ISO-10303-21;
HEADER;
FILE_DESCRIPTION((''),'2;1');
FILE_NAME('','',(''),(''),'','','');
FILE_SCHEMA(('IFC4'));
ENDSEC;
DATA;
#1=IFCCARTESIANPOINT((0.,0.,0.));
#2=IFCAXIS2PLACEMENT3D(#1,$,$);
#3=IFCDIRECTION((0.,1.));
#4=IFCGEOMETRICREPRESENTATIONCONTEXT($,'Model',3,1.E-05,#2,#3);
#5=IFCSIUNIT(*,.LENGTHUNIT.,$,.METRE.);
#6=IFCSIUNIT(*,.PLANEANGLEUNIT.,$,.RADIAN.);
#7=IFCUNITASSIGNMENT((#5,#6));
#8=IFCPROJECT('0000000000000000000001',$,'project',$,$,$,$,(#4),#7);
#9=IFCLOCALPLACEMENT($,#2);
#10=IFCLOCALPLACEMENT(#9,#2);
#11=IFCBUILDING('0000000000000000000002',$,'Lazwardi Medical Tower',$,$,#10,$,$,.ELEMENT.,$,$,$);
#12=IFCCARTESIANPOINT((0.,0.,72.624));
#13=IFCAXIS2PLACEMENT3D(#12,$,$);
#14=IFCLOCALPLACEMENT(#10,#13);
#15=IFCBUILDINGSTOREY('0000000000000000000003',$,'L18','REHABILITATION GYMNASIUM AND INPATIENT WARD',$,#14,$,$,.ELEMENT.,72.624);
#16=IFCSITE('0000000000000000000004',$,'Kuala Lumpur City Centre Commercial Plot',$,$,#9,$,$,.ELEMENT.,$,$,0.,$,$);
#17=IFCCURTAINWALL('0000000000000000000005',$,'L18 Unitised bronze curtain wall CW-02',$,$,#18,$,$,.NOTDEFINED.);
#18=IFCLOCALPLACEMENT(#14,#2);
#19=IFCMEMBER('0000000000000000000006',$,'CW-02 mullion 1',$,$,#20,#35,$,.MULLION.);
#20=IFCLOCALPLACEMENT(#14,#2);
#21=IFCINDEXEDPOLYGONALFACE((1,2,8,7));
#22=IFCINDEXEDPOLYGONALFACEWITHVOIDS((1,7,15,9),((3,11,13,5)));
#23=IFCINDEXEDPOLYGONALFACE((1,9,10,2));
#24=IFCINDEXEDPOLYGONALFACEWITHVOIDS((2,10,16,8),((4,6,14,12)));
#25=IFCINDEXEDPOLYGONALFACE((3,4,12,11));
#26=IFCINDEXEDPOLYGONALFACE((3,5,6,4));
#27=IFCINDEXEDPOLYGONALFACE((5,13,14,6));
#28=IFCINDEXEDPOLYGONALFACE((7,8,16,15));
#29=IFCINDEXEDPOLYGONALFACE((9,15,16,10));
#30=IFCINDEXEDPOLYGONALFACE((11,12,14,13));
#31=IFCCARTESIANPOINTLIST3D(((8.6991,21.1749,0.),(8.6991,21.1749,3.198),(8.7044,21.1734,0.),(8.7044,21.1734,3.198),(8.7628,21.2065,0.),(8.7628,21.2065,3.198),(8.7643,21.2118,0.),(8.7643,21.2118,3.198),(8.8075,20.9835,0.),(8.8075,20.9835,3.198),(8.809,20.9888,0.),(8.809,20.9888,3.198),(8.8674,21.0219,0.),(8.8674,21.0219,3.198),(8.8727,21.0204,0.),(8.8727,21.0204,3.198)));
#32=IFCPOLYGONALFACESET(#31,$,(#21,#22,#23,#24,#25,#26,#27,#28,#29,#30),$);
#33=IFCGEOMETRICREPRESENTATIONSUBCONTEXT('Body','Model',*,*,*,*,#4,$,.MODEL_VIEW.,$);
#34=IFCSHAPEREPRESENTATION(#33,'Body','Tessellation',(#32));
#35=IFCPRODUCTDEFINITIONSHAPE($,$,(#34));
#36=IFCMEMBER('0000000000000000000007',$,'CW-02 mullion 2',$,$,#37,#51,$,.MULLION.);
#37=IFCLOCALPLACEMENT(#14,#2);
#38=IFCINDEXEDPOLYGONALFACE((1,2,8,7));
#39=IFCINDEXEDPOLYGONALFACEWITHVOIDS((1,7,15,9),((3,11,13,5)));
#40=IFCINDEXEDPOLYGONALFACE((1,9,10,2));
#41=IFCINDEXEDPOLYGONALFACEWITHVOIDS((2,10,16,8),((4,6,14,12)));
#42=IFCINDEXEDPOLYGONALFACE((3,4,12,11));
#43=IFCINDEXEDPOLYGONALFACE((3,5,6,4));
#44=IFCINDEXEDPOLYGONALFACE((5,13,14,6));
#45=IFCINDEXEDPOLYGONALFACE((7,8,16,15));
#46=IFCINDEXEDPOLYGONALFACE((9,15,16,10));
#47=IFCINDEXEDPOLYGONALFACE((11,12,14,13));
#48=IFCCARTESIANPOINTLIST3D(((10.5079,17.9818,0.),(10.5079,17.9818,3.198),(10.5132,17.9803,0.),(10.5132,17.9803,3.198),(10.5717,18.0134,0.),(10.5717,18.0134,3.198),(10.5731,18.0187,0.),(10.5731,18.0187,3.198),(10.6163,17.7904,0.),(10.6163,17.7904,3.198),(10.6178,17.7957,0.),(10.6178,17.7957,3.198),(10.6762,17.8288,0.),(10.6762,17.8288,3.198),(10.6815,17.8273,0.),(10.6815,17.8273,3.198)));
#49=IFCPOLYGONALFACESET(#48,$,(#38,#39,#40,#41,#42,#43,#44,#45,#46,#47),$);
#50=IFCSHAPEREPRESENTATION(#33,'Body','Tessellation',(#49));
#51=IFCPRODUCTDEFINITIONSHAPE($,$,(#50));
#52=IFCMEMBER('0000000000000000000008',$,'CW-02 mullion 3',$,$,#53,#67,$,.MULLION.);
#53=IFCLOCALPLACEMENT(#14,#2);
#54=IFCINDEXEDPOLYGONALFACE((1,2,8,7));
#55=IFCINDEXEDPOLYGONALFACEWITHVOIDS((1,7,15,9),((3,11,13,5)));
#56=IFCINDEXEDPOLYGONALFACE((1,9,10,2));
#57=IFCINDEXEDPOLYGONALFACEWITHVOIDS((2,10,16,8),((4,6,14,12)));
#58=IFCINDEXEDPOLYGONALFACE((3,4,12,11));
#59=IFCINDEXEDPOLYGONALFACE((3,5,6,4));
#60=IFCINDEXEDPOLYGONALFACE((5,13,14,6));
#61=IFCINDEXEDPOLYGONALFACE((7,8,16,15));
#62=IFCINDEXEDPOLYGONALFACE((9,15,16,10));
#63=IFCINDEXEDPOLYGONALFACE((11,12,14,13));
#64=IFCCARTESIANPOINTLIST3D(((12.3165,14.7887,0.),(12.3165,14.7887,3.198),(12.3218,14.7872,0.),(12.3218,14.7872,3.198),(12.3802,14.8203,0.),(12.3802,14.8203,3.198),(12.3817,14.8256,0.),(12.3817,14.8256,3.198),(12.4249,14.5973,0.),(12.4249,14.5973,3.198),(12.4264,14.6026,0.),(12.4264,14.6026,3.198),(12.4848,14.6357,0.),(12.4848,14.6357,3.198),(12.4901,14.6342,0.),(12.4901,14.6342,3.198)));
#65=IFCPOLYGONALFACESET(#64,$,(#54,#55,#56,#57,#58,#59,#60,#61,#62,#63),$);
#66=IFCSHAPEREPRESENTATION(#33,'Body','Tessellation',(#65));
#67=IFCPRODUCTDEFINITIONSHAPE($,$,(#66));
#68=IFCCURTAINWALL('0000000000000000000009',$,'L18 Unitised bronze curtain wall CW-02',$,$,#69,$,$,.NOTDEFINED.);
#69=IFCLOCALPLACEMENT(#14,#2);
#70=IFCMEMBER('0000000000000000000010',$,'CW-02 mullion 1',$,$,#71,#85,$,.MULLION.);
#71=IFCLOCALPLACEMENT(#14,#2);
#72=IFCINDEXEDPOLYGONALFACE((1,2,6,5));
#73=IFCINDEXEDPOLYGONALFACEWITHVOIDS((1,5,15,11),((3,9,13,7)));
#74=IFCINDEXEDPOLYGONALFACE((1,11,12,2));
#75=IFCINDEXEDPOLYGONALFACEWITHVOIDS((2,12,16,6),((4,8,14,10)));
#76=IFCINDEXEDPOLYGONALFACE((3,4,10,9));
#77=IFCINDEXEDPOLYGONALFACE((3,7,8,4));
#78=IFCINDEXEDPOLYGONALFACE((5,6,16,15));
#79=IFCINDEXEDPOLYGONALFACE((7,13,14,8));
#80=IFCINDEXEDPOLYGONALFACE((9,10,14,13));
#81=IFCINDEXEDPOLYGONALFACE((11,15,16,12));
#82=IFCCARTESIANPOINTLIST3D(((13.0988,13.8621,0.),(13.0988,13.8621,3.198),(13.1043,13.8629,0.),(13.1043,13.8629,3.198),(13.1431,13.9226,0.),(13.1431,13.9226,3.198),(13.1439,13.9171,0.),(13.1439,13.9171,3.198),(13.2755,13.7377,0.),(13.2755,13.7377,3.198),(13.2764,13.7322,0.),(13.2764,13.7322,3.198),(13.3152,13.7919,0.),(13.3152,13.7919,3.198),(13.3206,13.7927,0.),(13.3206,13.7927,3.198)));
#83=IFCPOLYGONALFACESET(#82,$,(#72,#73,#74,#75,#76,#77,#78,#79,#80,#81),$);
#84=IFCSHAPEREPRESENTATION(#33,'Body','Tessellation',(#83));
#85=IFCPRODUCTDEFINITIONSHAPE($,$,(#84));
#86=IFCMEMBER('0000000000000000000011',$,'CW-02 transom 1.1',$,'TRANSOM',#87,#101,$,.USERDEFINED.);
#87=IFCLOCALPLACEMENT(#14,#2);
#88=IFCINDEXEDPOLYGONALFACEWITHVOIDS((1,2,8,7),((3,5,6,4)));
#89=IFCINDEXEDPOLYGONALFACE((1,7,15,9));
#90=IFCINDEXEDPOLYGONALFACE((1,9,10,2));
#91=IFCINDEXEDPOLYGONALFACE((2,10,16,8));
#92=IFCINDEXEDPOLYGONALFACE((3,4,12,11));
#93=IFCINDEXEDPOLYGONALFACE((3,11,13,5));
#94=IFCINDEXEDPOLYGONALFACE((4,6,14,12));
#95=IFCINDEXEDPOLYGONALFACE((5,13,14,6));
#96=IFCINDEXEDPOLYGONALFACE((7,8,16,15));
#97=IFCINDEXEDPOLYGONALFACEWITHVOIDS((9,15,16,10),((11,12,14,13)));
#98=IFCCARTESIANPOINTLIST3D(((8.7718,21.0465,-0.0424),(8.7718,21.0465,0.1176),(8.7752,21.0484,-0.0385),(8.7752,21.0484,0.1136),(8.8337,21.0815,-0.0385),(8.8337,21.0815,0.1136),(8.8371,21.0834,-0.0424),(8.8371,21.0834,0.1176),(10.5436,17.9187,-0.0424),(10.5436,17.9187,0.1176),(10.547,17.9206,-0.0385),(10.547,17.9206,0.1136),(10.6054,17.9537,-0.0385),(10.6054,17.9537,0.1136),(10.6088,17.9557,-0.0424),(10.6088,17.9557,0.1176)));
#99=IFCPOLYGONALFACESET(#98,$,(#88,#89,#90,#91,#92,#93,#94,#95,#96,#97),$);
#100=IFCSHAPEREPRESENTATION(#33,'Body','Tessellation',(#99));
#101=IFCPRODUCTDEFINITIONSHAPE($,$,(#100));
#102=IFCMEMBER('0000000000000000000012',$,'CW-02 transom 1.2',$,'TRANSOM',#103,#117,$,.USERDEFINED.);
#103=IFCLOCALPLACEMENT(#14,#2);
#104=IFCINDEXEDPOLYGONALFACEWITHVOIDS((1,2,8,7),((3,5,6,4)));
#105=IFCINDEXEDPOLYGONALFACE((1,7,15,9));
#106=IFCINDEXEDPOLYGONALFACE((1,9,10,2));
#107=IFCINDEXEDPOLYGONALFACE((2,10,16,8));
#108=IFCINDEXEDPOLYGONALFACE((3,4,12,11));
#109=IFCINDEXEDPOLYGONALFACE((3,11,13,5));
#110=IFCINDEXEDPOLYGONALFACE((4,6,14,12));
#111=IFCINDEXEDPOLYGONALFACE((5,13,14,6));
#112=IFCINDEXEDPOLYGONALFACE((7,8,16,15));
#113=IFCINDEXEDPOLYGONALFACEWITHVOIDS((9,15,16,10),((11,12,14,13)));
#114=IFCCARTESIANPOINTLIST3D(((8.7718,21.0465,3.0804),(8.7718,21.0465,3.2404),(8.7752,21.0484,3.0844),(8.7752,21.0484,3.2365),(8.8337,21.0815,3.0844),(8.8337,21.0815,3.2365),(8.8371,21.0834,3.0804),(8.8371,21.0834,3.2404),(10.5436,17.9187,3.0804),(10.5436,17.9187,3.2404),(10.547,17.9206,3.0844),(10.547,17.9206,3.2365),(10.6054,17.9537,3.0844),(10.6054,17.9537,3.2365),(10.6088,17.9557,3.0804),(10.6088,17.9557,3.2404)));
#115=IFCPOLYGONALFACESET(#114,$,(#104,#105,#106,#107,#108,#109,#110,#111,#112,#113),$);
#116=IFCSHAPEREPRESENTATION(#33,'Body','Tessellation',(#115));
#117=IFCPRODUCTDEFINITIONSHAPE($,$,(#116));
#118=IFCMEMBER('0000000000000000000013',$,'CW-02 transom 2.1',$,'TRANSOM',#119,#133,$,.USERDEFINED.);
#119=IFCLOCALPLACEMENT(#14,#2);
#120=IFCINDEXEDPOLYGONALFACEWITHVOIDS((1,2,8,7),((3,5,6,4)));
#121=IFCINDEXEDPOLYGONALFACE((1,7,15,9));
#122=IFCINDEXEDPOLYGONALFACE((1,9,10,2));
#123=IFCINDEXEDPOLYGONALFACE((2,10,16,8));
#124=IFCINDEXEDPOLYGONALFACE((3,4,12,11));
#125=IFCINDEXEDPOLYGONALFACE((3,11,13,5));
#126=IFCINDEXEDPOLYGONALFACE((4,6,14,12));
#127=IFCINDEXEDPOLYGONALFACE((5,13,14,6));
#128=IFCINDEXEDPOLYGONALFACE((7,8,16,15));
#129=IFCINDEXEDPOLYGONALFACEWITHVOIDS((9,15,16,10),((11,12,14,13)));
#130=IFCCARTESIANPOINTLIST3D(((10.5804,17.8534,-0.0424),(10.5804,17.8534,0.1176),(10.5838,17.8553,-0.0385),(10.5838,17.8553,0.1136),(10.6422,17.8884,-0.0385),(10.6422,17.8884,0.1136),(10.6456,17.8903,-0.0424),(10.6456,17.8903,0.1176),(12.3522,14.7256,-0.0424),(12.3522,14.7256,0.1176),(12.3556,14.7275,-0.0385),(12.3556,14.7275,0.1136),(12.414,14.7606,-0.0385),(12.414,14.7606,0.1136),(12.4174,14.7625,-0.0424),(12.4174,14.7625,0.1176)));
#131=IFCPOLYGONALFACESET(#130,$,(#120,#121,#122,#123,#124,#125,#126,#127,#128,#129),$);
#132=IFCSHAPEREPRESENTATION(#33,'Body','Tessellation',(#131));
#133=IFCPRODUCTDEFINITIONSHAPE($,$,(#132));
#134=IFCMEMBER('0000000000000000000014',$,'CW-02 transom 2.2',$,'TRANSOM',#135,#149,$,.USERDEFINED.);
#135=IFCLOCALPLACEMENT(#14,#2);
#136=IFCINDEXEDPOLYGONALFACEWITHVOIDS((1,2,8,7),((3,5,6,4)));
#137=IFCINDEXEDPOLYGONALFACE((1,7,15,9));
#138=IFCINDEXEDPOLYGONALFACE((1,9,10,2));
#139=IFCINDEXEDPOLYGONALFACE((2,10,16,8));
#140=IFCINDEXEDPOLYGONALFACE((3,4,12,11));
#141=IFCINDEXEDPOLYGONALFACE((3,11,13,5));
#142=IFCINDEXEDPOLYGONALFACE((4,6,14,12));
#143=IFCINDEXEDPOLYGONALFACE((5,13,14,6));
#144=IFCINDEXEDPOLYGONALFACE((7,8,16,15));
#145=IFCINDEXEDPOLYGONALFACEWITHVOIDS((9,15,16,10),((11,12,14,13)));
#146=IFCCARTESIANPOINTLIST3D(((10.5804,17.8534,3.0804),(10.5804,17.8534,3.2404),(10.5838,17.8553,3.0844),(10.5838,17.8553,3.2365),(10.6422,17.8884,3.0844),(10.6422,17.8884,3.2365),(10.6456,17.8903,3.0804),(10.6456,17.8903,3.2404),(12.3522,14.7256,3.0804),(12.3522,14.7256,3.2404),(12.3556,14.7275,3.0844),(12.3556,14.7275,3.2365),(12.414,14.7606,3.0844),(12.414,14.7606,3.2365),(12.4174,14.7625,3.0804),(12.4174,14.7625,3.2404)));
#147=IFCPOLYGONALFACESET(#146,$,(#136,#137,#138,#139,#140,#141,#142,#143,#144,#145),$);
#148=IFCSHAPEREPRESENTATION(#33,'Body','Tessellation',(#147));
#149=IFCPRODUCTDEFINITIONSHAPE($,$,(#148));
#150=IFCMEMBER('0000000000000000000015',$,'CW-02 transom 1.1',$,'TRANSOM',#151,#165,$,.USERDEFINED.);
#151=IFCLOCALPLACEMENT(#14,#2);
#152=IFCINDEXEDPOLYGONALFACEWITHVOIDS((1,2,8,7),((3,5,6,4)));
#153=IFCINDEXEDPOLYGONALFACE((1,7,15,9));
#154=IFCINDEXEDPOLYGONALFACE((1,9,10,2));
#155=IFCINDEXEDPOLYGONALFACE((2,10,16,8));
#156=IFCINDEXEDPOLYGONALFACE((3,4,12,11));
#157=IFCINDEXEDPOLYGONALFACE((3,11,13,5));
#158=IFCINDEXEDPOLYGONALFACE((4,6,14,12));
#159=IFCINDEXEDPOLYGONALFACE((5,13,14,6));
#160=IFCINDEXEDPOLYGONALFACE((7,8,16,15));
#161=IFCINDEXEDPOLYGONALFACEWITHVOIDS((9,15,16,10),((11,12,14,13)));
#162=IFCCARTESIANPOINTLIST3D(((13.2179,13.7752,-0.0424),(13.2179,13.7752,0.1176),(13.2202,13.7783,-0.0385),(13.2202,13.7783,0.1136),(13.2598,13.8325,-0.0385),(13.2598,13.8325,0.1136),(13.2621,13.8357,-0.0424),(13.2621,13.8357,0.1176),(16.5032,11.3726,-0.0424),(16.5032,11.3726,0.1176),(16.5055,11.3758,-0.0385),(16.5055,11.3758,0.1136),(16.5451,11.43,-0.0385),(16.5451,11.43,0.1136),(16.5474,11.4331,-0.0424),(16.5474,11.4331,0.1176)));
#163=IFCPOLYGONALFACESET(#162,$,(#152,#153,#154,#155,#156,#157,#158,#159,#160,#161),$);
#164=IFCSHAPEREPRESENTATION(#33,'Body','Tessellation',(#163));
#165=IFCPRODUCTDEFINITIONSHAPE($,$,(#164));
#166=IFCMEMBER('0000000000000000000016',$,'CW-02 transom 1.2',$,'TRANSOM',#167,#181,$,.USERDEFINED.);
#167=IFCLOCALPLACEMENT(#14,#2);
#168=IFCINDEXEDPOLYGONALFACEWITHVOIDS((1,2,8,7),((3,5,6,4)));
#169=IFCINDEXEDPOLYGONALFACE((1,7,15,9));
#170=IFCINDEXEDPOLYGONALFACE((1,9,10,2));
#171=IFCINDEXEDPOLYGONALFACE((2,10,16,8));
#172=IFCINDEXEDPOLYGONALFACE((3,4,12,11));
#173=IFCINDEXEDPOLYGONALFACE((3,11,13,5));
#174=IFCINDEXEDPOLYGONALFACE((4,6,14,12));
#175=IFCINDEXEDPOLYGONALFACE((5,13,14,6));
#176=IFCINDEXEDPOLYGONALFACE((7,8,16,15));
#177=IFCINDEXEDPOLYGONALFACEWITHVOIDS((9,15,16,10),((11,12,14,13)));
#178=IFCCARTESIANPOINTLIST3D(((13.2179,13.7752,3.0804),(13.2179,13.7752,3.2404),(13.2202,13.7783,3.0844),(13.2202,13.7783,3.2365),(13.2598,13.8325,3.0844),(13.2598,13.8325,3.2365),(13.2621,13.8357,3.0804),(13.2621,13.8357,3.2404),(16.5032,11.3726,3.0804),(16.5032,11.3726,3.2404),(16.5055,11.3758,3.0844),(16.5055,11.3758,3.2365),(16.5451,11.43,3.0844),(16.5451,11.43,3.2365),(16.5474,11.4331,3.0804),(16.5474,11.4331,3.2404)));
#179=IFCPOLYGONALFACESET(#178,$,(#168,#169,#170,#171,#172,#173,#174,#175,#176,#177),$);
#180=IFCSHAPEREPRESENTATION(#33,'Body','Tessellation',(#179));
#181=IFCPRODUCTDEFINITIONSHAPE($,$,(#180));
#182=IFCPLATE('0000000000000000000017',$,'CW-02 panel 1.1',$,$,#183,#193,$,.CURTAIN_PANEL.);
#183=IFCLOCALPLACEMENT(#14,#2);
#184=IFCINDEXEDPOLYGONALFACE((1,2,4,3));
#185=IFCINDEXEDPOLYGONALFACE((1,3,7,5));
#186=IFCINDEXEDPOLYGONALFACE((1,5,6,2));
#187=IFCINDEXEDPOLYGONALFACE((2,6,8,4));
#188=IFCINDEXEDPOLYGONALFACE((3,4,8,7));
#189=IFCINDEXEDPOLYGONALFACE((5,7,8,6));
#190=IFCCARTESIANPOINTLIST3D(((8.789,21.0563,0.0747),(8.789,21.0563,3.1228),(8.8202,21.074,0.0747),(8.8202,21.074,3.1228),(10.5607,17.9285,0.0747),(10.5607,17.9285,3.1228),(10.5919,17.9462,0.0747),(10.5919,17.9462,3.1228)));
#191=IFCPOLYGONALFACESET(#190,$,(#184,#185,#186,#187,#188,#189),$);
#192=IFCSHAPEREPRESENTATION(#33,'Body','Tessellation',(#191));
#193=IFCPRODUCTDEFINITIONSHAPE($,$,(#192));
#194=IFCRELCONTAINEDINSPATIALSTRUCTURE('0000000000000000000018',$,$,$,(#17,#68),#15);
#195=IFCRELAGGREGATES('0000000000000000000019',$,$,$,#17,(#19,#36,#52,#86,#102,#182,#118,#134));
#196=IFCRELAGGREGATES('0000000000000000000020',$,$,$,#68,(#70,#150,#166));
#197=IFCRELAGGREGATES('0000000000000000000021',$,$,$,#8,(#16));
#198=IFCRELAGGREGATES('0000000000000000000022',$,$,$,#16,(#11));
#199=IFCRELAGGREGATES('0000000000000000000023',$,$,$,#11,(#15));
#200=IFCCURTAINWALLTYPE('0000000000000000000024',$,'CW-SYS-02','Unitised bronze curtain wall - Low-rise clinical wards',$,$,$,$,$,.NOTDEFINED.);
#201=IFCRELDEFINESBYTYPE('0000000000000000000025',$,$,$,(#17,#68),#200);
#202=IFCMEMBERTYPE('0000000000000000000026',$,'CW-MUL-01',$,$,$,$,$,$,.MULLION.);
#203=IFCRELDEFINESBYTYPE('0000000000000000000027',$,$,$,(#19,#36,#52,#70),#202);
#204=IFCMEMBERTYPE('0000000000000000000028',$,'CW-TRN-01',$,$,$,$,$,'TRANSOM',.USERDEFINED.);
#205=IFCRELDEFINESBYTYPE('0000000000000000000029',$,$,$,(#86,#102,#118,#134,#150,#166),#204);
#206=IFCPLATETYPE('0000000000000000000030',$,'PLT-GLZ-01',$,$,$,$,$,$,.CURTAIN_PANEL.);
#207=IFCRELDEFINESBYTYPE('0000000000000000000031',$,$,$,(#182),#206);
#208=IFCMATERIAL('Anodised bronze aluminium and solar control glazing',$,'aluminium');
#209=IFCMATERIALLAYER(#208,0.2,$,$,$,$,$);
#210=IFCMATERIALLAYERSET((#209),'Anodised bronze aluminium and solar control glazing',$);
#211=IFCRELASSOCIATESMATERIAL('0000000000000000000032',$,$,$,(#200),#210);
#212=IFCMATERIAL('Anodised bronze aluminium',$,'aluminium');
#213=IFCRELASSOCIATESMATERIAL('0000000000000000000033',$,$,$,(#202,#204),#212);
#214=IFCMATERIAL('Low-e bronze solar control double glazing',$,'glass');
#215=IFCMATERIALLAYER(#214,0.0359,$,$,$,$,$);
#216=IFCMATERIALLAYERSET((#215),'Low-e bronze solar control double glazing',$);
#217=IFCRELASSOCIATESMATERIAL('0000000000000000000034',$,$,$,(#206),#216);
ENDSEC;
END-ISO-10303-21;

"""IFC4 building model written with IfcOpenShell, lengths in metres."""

from ifc_helpers import new_model, si_unit, direction, frame, origin, origin_2d, place, context, subcontext, project, spatial, rectangle, hollow_rectangle, extrude, material, layer, layer_set, material_profile, profile_set, type_object, element, aggregate, save


model = new_model("IFC4")

# Units and contexts
model_context = context("Model", 3, precision=1e-05, world=origin(), true_north=direction((0.0, 1.0)))
body_context = subcontext(model_context, "Body", "Model", "MODEL_VIEW")
ifc_project = project(units=[si_unit("LENGTHUNIT", "METRE"), si_unit("PLANEANGLEUNIT", "RADIAN")], contexts=[model_context])

# Site, building, storey
site_placement = place(None, origin())
site = spatial("IfcSite", under=ifc_project, at=site_placement, Name="Kuala Lumpur City Centre Commercial Plot", CompositionType="ELEMENT", RefElevation=0.0)
building_placement = place(site_placement, origin())
building = spatial("IfcBuilding", under=site, at=building_placement, Name="Lazwardi Medical Tower", CompositionType="ELEMENT")
storey_placement = place(building_placement, frame((0.0, 0.0, 72.624)))
storey = spatial("IfcBuildingStorey", under=building, at=storey_placement, Name="L18", Description="REHABILITATION GYMNASIUM AND INPATIENT WARD", CompositionType="ELEMENT", Elevation=72.624)

# Curtain wall, members
ifc_material_1 = material(Name="Anodised bronze aluminium and solar control glazing", Category="aluminium")
ifc_layer_1 = layer(ifc_material_1, 0.2)
ifc_layer_set_1 = layer_set([ifc_layer_1], Name="Anodised bronze aluminium and solar control glazing")
curtain_wall_type = type_object("IfcCurtainWallType", Name="CW-SYS-02", Description="Unitised bronze curtain wall - Low-rise clinical wards", PredefinedType="NOTDEFINED", material=ifc_layer_set_1)
curtain_wall_1_placement = place(storey_placement, origin())
curtain_wall_1 = element("IfcCurtainWall", 1, at=curtain_wall_1_placement, inside=storey, type_object=curtain_wall_type, Name="L18 Unitised bronze curtain wall CW-02", PredefinedType="NOTDEFINED")
ifc_material_2 = material(Name="Anodised bronze aluminium", Category="aluminium")
ifc_material_profile_1 = material_profile(ifc_material_2, hollow_rectangle(XDim=0.075, YDim=0.22, WallThickness=0.0039, at=origin_2d()), Name="ALU-MULLION 220x75x4")
ifc_profile_set_1 = profile_set([ifc_material_profile_1], Name="Anodised bronze aluminium")
member_type_1 = type_object("IfcMemberType", Name="CW-MUL-01", PredefinedType="MULLION", material=ifc_profile_set_1)
member_1_placement = place(storey_placement, frame((8.7859, 21.0977, 0.0), z_axis=(0.0, 0.0, 1.0), x_axis=(0.870112, 0.492854, 0.0)))
member_1 = element("IfcMember", 2, at=member_1_placement, type_object=member_type_1, Name="CW-02 mullion 1", PredefinedType="MULLION", context=body_context, shape_type="SweptSolid", body=[
    extrude(hollow_rectangle(XDim=0.075, YDim=0.22, WallThickness=0.0039, at=origin_2d()), origin(), (0.0, 0.0, 1.0), 3.198),
])
member_2_placement = place(storey_placement, frame((10.5947, 17.9045, 0.0), z_axis=(0.0, 0.0, 1.0), x_axis=(0.870112, 0.492854, 0.0)))
member_2 = element("IfcMember", 3, at=member_2_placement, type_object=member_type_1, Name="CW-02 mullion 2", PredefinedType="MULLION", context=body_context, shape_type="SweptSolid", body=[
    extrude(hollow_rectangle(XDim=0.075, YDim=0.22, WallThickness=0.0039, at=origin_2d()), origin(), (0.0, 0.0, 1.0), 3.198),
])
member_3_placement = place(storey_placement, frame((12.4033, 14.7114, 0.0), z_axis=(0.0, 0.0, 1.0), x_axis=(0.870112, 0.492854, 0.0)))
member_3 = element("IfcMember", 4, at=member_3_placement, type_object=member_type_1, Name="CW-02 mullion 3", PredefinedType="MULLION", context=body_context, shape_type="SweptSolid", body=[
    extrude(hollow_rectangle(XDim=0.075, YDim=0.22, WallThickness=0.0039, at=origin_2d()), origin(), (0.0, 0.0, 1.0), 3.198),
])

# Curtain wall, member
curtain_wall_2_placement = place(storey_placement, origin())
curtain_wall_2 = element("IfcCurtainWall", 5, at=curtain_wall_2_placement, inside=storey, type_object=curtain_wall_type, Name="L18 Unitised bronze curtain wall CW-02", PredefinedType="NOTDEFINED")
member_4_placement = place(storey_placement, frame((13.2097, 13.8274, 0.0), z_axis=(0.0, 0.0, 1.0), x_axis=(0.590289, 0.807192, 0.0)))
member_4 = element("IfcMember", 6, at=member_4_placement, type_object=member_type_1, Name="CW-02 mullion 1", PredefinedType="MULLION", context=body_context, shape_type="SweptSolid", body=[
    extrude(hollow_rectangle(XDim=0.075, YDim=0.22, WallThickness=0.0039, at=origin_2d()), origin(), (0.0, 0.0, 1.0), 3.198),
])

# Members
ifc_material_profile_2 = material_profile(ifc_material_2, hollow_rectangle(XDim=0.075, YDim=0.1599, WallThickness=0.0039, at=origin_2d()), Name="ALU-TRANSOM 160x75x4")
ifc_profile_set_2 = profile_set([ifc_material_profile_2], Name="Anodised bronze aluminium")
member_type_2 = type_object("IfcMemberType", Name="CW-TRN-01", ElementType="TRANSOM", PredefinedType="USERDEFINED", material=ifc_profile_set_2)
member_5_placement = place(storey_placement, frame((8.8044, 21.0649, 0.0376), z_axis=(0.492881, -0.870097, 0.0), x_axis=(0.870097, 0.492881, 0.0)))
member_5 = element("IfcMember", 7, at=member_5_placement, type_object=member_type_2, Name="CW-02 transom 1.1", ObjectType="TRANSOM", PredefinedType="USERDEFINED", context=body_context, shape_type="SweptSolid", body=[
    extrude(hollow_rectangle(XDim=0.075, YDim=0.1599, WallThickness=0.0039, at=origin_2d()), origin(), (0.0, 0.0, 1.0), 3.5947),
])
member_6_placement = place(storey_placement, frame((8.8044, 21.0649, 3.1604), z_axis=(0.492881, -0.870097, 0.0), x_axis=(0.870097, 0.492881, 0.0)))
member_6 = element("IfcMember", 8, at=member_6_placement, type_object=member_type_2, Name="CW-02 transom 1.2", ObjectType="TRANSOM", PredefinedType="USERDEFINED", context=body_context, shape_type="SweptSolid", body=[
    extrude(hollow_rectangle(XDim=0.075, YDim=0.1599, WallThickness=0.0039, at=origin_2d()), origin(), (0.0, 0.0, 1.0), 3.5947),
])
member_7_placement = place(storey_placement, frame((10.613, 17.8718, 0.0376), z_axis=(0.492881, -0.870097, 0.0), x_axis=(0.870097, 0.492881, 0.0)))
member_7 = element("IfcMember", 9, at=member_7_placement, type_object=member_type_2, Name="CW-02 transom 2.1", ObjectType="TRANSOM", PredefinedType="USERDEFINED", context=body_context, shape_type="SweptSolid", body=[
    extrude(hollow_rectangle(XDim=0.075, YDim=0.1599, WallThickness=0.0039, at=origin_2d()), origin(), (0.0, 0.0, 1.0), 3.5947),
])
member_8_placement = place(storey_placement, frame((10.613, 17.8718, 3.1604), z_axis=(0.492881, -0.870097, 0.0), x_axis=(0.870097, 0.492881, 0.0)))
member_8 = element("IfcMember", 10, at=member_8_placement, type_object=member_type_2, Name="CW-02 transom 2.2", ObjectType="TRANSOM", PredefinedType="USERDEFINED", context=body_context, shape_type="SweptSolid", body=[
    extrude(hollow_rectangle(XDim=0.075, YDim=0.1599, WallThickness=0.0039, at=origin_2d()), origin(), (0.0, 0.0, 1.0), 3.5947),
])
member_9_placement = place(storey_placement, frame((13.24, 13.8054, 0.0376), z_axis=(0.80719, -0.590292, 0.0), x_axis=(0.590292, 0.80719, 0.0)))
member_9 = element("IfcMember", 11, at=member_9_placement, type_object=member_type_2, Name="CW-02 transom 1.1", ObjectType="TRANSOM", PredefinedType="USERDEFINED", context=body_context, shape_type="SweptSolid", body=[
    extrude(hollow_rectangle(XDim=0.075, YDim=0.1599, WallThickness=0.0039, at=origin_2d()), origin(), (0.0, 0.0, 1.0), 4.0701),
])
member_10_placement = place(storey_placement, frame((13.24, 13.8054, 3.1604), z_axis=(0.80719, -0.590292, 0.0), x_axis=(0.590292, 0.80719, 0.0)))
member_10 = element("IfcMember", 12, at=member_10_placement, type_object=member_type_2, Name="CW-02 transom 1.2", ObjectType="TRANSOM", PredefinedType="USERDEFINED", context=body_context, shape_type="SweptSolid", body=[
    extrude(hollow_rectangle(XDim=0.075, YDim=0.1599, WallThickness=0.0039, at=origin_2d()), origin(), (0.0, 0.0, 1.0), 4.0701),
])

# Plate
ifc_material_3 = material(Name="Low-e bronze solar control double glazing", Category="glass")
ifc_layer_2 = layer(ifc_material_3, 0.0359)
ifc_layer_set_2 = layer_set([ifc_layer_2], Name="Low-e bronze solar control double glazing")
plate_type = type_object("IfcPlateType", Name="PLT-GLZ-01", PredefinedType="CURTAIN_PANEL", material=ifc_layer_set_2)
plate_1_placement = place(storey_placement, frame((9.6904, 19.5012, 0.0747), z_axis=(0.0, 0.0, 1.0), x_axis=(0.492854, -0.870112, 0.0)))
plate_1 = element("IfcPlate", 13, at=plate_1_placement, type_object=plate_type, Name="CW-02 panel 1.1", PredefinedType="CURTAIN_PANEL", context=body_context, shape_type="SweptSolid", body=[
    extrude(rectangle(XDim=3.5947, YDim=0.0359, at=origin_2d()), origin(), (0.0, 0.0, 1.0), 3.0481),
])
aggregate(curtain_wall_1, [member_1, member_2, member_3, member_5, member_6, plate_1, member_7, member_8])
aggregate(curtain_wall_2, [member_4, member_9, member_10])

save(model, "model.ifc")
